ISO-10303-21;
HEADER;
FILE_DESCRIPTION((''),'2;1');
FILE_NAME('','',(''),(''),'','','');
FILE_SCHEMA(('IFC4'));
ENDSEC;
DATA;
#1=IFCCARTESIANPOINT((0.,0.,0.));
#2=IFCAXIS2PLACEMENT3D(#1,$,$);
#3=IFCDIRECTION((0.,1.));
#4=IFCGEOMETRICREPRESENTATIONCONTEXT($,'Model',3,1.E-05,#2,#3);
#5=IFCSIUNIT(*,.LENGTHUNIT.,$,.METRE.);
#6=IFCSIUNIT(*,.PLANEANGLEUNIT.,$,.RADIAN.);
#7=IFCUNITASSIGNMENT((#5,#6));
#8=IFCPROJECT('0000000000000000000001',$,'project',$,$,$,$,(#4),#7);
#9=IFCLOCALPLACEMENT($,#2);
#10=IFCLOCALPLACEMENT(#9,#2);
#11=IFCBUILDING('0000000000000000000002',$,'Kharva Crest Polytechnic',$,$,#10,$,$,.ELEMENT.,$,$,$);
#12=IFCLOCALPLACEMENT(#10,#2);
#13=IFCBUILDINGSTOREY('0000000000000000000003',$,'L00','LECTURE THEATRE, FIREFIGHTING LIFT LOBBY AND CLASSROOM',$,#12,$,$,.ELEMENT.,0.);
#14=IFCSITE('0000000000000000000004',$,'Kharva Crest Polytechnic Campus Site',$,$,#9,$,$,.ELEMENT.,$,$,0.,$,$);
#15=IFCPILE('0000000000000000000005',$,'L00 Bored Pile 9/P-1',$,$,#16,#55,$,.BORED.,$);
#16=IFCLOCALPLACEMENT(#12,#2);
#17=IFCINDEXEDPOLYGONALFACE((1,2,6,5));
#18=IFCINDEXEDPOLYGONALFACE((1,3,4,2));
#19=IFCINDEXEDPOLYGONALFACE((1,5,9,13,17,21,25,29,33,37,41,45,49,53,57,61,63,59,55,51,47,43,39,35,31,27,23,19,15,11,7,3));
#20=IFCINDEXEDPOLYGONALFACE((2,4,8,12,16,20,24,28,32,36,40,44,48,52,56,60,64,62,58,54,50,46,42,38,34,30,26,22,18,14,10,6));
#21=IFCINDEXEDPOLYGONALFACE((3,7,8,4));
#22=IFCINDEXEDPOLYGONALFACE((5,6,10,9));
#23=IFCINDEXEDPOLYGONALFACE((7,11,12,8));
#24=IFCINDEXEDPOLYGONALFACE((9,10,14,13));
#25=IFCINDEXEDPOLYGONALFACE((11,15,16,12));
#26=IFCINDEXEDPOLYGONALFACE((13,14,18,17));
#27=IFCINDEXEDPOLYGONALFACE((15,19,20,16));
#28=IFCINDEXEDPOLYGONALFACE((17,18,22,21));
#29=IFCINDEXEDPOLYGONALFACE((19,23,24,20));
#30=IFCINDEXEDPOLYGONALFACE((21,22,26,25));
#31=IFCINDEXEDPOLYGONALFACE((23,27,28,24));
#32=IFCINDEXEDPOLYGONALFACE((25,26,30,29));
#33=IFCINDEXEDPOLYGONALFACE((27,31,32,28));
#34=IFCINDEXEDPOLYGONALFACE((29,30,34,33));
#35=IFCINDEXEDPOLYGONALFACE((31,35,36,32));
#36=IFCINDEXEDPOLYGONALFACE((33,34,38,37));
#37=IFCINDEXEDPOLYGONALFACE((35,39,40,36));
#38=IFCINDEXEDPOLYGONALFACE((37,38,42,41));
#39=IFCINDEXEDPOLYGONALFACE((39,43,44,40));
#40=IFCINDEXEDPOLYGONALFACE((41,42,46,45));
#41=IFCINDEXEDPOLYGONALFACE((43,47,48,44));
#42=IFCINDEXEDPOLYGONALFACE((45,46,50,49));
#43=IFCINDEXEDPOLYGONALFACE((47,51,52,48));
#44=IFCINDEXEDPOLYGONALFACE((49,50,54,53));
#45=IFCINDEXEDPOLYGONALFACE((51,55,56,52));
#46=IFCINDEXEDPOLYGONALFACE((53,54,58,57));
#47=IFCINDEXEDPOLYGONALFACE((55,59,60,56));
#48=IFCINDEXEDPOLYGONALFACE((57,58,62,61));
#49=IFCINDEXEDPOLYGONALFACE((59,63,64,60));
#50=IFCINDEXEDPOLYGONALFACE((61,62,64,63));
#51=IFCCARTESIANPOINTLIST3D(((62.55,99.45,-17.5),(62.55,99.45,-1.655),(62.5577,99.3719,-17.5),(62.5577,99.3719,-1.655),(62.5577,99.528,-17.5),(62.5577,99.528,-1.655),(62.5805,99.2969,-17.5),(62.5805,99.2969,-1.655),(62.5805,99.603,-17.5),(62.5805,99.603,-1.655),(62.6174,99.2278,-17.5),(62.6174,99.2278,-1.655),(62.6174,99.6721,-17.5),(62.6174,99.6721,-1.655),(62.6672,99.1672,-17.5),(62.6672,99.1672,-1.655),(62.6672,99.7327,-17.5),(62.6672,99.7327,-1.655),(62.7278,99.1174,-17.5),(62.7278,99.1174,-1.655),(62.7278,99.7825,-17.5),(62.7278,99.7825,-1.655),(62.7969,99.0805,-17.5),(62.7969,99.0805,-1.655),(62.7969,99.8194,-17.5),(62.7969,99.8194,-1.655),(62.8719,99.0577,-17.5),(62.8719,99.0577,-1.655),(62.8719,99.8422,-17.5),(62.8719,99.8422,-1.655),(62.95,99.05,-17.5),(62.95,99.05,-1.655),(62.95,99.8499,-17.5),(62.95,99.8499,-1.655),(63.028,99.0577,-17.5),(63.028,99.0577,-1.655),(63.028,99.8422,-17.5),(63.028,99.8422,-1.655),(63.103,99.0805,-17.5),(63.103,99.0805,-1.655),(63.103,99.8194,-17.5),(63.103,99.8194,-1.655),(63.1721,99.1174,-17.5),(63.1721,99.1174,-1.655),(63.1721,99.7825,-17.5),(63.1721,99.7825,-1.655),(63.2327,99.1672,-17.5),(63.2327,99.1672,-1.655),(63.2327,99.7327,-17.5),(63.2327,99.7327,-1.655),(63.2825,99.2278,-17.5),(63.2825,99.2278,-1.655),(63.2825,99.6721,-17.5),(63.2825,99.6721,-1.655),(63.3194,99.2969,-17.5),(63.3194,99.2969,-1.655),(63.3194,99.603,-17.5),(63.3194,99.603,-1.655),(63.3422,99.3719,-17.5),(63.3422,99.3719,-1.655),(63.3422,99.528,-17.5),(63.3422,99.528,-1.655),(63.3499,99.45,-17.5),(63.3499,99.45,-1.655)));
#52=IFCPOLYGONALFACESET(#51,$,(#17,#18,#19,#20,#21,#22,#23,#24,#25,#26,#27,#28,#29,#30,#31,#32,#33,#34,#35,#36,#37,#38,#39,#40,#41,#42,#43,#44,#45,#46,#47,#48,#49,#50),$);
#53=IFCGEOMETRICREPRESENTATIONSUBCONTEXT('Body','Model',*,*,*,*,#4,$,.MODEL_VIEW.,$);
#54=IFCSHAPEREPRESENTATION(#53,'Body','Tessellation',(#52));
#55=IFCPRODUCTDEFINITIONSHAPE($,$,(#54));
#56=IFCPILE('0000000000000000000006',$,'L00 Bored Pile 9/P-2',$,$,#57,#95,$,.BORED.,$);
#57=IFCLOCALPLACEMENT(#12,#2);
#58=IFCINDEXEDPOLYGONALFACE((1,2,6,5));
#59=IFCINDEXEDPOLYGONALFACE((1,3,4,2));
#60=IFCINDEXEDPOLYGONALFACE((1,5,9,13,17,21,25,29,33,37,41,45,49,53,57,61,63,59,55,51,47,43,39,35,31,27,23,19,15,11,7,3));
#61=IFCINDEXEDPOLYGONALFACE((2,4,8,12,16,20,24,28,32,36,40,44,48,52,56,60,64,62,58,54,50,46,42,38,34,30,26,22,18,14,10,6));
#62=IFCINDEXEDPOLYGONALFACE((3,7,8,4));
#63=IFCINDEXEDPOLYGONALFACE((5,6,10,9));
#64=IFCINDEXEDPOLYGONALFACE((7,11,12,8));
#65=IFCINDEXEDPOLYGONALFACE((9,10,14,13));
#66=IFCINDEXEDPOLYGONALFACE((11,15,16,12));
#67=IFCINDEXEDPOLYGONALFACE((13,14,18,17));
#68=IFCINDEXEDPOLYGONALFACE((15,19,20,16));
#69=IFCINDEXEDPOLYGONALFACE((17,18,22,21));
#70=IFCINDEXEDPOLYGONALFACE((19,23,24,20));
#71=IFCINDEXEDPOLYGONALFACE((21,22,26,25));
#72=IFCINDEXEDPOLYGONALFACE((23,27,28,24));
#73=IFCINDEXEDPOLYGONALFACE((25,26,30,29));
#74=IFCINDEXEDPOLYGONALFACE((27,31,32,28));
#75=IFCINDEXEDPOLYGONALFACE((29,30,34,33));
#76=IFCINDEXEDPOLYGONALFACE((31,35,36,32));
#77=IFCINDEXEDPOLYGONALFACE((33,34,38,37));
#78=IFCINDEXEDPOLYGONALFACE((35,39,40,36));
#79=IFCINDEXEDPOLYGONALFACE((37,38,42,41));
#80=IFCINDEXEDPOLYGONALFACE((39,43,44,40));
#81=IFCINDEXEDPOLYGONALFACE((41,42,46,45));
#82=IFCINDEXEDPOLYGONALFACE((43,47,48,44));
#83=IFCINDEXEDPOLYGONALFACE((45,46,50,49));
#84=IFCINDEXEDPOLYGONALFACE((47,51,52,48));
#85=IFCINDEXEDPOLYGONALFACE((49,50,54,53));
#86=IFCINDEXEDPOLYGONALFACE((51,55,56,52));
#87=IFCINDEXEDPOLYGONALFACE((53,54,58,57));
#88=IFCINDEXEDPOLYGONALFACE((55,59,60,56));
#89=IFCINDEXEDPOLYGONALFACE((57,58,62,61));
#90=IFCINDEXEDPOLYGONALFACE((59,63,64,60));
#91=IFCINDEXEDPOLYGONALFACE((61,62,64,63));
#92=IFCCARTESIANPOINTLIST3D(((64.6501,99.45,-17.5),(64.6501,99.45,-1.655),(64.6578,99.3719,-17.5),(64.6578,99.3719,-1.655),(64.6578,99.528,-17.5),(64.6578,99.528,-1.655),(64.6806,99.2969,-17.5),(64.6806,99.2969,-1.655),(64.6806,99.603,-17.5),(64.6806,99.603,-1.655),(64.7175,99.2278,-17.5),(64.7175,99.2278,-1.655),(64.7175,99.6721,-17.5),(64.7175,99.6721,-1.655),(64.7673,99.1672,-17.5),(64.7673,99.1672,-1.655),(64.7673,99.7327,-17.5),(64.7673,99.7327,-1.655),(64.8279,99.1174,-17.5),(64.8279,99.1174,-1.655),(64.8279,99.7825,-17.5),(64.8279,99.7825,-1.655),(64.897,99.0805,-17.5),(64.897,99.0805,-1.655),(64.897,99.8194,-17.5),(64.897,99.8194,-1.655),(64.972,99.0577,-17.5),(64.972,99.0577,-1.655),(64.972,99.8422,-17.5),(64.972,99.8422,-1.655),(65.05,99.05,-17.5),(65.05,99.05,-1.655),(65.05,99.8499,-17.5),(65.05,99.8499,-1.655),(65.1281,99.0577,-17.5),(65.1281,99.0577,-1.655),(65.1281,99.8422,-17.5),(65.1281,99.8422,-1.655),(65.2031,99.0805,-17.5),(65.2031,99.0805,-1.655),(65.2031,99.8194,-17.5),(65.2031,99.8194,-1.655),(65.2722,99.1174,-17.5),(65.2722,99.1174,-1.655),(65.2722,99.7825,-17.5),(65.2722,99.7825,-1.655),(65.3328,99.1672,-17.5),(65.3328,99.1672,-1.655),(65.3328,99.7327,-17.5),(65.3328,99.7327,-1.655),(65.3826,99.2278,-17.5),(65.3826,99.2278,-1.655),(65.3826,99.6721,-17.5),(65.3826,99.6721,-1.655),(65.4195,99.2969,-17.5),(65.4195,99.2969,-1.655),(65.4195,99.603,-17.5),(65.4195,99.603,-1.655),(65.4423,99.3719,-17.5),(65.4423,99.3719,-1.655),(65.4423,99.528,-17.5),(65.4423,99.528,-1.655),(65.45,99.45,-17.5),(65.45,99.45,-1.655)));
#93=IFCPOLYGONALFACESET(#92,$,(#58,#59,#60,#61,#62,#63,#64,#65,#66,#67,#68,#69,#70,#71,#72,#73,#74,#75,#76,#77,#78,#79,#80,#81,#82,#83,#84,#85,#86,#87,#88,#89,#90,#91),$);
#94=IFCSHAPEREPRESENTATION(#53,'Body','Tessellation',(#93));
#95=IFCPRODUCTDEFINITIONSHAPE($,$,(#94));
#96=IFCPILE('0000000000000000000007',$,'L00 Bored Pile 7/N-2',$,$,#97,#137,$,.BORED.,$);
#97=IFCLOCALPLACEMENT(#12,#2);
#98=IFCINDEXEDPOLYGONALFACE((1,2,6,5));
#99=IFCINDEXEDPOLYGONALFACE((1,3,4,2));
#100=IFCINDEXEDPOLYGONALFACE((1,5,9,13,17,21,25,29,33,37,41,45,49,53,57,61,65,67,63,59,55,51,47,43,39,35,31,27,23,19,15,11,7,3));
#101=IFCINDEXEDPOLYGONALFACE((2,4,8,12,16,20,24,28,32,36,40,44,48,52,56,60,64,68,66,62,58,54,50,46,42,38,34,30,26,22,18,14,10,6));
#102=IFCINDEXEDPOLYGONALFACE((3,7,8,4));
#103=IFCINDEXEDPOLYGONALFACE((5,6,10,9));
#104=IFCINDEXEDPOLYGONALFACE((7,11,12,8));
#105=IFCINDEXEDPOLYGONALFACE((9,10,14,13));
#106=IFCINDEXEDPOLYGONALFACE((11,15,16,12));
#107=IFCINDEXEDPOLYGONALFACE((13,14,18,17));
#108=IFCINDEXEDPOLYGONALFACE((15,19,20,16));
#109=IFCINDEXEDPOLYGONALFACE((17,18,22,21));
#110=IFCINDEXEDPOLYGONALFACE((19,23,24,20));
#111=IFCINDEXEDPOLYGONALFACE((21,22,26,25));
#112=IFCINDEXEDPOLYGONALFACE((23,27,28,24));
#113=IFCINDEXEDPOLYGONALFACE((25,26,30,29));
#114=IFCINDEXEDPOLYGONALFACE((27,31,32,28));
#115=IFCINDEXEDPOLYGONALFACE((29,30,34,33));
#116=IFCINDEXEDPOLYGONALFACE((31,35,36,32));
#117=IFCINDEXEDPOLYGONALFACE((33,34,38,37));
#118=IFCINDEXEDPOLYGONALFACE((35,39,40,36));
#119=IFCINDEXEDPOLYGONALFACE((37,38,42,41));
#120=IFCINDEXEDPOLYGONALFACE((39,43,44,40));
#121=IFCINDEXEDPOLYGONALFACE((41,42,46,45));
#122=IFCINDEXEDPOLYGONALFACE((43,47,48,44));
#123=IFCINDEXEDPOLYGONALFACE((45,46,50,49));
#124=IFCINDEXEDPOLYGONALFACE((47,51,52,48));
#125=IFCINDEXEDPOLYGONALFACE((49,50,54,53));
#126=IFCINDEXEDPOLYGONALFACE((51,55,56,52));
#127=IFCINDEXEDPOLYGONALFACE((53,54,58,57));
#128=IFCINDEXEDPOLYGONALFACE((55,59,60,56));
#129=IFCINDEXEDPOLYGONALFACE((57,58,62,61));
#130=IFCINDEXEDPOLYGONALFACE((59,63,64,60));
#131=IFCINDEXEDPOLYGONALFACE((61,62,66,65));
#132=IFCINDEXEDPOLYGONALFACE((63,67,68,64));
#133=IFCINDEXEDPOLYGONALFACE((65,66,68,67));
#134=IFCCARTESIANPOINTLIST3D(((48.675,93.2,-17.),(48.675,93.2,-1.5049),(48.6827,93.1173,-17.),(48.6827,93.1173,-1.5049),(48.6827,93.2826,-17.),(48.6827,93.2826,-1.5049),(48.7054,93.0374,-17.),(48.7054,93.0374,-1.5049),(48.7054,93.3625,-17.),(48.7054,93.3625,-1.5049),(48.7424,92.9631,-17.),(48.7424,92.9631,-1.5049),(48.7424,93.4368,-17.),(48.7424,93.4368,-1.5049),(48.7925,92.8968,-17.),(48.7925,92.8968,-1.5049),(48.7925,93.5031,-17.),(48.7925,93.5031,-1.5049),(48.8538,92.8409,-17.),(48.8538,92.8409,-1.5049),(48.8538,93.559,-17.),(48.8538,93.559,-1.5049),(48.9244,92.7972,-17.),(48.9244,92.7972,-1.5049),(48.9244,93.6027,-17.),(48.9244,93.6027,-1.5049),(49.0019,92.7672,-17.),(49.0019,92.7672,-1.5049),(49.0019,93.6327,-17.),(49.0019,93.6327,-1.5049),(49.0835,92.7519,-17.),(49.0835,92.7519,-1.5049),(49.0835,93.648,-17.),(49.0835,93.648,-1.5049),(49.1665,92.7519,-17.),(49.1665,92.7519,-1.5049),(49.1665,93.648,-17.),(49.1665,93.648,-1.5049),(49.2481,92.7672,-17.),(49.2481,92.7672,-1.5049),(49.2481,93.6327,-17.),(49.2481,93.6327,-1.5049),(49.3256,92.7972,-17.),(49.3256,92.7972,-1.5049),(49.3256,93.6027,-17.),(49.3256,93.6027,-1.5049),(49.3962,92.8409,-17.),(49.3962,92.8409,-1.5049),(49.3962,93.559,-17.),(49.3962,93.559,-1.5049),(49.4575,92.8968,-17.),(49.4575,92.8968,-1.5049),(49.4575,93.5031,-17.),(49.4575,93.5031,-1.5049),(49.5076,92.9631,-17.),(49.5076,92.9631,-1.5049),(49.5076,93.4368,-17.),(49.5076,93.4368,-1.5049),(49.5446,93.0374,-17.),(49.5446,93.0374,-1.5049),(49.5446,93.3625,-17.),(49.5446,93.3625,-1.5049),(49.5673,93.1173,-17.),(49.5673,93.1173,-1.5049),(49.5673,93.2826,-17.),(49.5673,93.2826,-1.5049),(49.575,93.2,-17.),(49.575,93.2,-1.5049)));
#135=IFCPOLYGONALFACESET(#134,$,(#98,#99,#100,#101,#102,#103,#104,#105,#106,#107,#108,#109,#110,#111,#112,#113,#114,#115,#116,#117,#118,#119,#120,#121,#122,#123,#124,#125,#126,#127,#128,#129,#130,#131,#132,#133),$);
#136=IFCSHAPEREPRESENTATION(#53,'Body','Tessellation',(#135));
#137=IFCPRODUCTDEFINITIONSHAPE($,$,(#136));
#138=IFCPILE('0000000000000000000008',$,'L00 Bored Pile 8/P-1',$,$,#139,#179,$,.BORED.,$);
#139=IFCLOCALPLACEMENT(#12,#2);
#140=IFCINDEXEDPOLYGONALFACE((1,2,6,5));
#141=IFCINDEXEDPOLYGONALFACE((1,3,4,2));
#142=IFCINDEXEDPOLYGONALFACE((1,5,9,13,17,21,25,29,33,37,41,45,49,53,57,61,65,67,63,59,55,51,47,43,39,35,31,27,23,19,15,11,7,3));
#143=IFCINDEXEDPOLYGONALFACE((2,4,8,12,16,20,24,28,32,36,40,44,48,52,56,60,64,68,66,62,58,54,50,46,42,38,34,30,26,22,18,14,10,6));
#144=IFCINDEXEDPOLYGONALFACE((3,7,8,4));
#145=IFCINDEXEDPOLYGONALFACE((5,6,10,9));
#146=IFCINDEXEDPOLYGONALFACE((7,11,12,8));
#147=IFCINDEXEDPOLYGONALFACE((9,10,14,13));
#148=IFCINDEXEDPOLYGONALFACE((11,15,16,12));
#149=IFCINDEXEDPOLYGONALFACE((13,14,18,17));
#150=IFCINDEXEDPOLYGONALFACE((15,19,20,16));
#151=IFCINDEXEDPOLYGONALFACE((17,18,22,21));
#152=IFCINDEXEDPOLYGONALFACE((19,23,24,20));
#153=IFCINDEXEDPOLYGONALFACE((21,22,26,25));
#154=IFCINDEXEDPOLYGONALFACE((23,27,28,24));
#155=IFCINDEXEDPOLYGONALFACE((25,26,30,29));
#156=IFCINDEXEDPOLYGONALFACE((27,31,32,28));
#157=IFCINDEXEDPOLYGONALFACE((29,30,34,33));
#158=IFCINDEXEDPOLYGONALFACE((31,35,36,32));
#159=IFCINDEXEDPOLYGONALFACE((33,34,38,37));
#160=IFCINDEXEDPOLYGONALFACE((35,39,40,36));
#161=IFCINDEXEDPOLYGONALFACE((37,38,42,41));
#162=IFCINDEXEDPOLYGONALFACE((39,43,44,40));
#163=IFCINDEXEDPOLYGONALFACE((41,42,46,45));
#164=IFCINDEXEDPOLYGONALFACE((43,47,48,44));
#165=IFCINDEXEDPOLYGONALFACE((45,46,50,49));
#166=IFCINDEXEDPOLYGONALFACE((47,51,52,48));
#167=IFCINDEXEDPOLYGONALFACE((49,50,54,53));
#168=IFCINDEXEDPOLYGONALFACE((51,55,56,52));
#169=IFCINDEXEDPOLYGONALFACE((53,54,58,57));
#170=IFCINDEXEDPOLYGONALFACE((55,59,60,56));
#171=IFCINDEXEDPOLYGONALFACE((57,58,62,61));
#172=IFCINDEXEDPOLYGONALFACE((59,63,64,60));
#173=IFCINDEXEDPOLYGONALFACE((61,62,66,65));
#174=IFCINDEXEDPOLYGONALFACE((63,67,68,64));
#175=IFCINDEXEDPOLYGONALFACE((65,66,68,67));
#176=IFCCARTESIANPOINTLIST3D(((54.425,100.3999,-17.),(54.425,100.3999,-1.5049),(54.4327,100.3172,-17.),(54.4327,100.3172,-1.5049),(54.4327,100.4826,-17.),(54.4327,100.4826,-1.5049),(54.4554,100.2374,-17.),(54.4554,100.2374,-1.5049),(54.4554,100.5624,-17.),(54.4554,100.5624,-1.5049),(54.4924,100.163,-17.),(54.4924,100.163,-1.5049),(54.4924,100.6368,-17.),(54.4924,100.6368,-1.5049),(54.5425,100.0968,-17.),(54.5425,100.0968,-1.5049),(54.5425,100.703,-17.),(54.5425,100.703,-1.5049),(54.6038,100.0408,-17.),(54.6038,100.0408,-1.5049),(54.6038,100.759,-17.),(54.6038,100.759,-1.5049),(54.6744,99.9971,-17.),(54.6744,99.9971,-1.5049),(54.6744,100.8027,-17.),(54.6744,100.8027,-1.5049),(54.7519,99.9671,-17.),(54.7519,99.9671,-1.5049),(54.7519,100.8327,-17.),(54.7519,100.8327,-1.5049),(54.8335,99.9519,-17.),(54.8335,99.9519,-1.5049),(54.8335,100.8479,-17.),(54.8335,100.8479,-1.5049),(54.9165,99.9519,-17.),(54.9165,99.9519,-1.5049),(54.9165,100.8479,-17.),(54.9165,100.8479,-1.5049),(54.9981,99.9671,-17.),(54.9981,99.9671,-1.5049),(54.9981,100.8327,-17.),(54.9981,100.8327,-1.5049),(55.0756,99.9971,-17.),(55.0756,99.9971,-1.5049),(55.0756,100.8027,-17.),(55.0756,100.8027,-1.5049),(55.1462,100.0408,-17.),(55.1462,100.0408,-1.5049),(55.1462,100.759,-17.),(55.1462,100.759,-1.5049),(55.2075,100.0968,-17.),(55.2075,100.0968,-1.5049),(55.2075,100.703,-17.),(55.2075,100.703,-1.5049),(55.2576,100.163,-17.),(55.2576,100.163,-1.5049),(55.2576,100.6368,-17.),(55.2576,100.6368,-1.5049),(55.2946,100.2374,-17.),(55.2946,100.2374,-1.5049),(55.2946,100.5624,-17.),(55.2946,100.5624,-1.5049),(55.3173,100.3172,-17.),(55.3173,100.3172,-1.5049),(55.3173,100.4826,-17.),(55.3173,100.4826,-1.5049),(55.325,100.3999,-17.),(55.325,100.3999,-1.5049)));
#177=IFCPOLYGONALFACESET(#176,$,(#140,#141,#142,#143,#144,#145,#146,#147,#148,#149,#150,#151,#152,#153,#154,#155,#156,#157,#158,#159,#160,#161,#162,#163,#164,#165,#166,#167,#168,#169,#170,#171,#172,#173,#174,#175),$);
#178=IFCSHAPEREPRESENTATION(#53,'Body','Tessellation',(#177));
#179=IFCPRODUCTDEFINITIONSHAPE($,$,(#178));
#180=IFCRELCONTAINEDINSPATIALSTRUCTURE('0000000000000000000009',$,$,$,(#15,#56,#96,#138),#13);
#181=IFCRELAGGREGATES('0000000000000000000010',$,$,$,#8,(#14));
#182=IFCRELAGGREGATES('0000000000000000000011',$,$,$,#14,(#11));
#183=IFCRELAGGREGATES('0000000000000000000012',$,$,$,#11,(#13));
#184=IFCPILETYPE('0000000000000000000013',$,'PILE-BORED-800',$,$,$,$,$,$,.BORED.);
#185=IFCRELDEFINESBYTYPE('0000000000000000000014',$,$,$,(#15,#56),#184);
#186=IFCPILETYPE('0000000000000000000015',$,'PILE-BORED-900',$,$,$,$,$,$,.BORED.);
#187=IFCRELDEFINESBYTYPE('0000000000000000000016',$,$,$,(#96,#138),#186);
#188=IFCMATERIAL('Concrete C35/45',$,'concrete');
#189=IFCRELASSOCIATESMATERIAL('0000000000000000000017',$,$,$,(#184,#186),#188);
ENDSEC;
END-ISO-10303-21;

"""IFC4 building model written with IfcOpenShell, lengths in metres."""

from ifc_helpers import new_model, si_unit, direction, frame, origin, origin_2d, place, context, subcontext, project, spatial, circle, extrude, material, material_profile, profile_set, type_object, element, save


model = new_model("IFC4")

# Units and contexts
model_context = context("Model", 3, precision=1e-05, world=origin(), true_north=direction((0.0, 1.0)))
body_context = subcontext(model_context, "Body", "Model", "MODEL_VIEW")
ifc_project = project(units=[si_unit("LENGTHUNIT", "METRE"), si_unit("PLANEANGLEUNIT", "RADIAN")], contexts=[model_context])

# Site, building, storey
site_placement = place(None, origin())
site = spatial("IfcSite", under=ifc_project, at=site_placement, Name="Kharva Crest Polytechnic Campus Site", CompositionType="ELEMENT", RefElevation=0.0)
building_placement = place(site_placement, origin())
building = spatial("IfcBuilding", under=site, at=building_placement, Name="Kharva Crest Polytechnic", CompositionType="ELEMENT")
storey_placement = place(building_placement, origin())
storey = spatial("IfcBuildingStorey", under=building, at=storey_placement, Name="L00", Description="LECTURE THEATRE, FIREFIGHTING LIFT LOBBY AND CLASSROOM", CompositionType="ELEMENT", Elevation=0.0)

# Shared definitions
ifc_material_1 = material(Name="Concrete C35/45", Category="concrete")

# Piles
ifc_material_profile_1 = material_profile(ifc_material_1, circle(Radius=0.3999, at=origin_2d()), Name="DIA 800")
ifc_profile_set_1 = profile_set([ifc_material_profile_1], Name="Concrete C35/45")
pile_type_1 = type_object("IfcPileType", Name="PILE-BORED-800", PredefinedType="BORED", material=ifc_profile_set_1)
for number, where, z_axis, x_axis, name in (
    (1, (62.95, 99.45, -1.655), (0.0, 0.0, -1.0), (1.0, 0.0, 0.0), "L00 Bored Pile 9/P-1"),
    (2, (65.05, 99.45, -1.655), (0.0, 0.0, -1.0), (1.0, 0.0, 0.0), "L00 Bored Pile 9/P-2"),
):
    element("IfcPile", number, at=place(storey_placement, frame(where, z_axis=z_axis, x_axis=x_axis)), inside=storey, type_object=pile_type_1, Name=name, PredefinedType="BORED", context=body_context, shape_type="SweptSolid", body=[
        extrude(circle(Radius=0.3999, at=origin_2d()), origin(), (0.0, 0.0, 1.0), 15.845),
    ])
ifc_material_profile_2 = material_profile(ifc_material_1, circle(Radius=0.45, at=origin_2d()), Name="DIA 900")
ifc_profile_set_2 = profile_set([ifc_material_profile_2], Name="Concrete C35/45")
pile_type_2 = type_object("IfcPileType", Name="PILE-BORED-900", PredefinedType="BORED", material=ifc_profile_set_2)
for number, where, z_axis, x_axis, name in (
    (3, (49.125, 93.2, -1.5049), (0.0, 0.0, -1.0), (1.0, 0.0, 0.0), "L00 Bored Pile 7/N-2"),
    (4, (54.875, 100.3999, -1.5049), (0.0, 0.0, -1.0), (1.0, 0.0, 0.0), "L00 Bored Pile 8/P-1"),
):
    element("IfcPile", number, at=place(storey_placement, frame(where, z_axis=z_axis, x_axis=x_axis)), inside=storey, type_object=pile_type_2, Name=name, PredefinedType="BORED", context=body_context, shape_type="SweptSolid", body=[
        extrude(circle(Radius=0.45, at=origin_2d()), origin(), (0.0, 0.0, 1.0), 15.4951),
    ])

save(model, "model.ifc")
